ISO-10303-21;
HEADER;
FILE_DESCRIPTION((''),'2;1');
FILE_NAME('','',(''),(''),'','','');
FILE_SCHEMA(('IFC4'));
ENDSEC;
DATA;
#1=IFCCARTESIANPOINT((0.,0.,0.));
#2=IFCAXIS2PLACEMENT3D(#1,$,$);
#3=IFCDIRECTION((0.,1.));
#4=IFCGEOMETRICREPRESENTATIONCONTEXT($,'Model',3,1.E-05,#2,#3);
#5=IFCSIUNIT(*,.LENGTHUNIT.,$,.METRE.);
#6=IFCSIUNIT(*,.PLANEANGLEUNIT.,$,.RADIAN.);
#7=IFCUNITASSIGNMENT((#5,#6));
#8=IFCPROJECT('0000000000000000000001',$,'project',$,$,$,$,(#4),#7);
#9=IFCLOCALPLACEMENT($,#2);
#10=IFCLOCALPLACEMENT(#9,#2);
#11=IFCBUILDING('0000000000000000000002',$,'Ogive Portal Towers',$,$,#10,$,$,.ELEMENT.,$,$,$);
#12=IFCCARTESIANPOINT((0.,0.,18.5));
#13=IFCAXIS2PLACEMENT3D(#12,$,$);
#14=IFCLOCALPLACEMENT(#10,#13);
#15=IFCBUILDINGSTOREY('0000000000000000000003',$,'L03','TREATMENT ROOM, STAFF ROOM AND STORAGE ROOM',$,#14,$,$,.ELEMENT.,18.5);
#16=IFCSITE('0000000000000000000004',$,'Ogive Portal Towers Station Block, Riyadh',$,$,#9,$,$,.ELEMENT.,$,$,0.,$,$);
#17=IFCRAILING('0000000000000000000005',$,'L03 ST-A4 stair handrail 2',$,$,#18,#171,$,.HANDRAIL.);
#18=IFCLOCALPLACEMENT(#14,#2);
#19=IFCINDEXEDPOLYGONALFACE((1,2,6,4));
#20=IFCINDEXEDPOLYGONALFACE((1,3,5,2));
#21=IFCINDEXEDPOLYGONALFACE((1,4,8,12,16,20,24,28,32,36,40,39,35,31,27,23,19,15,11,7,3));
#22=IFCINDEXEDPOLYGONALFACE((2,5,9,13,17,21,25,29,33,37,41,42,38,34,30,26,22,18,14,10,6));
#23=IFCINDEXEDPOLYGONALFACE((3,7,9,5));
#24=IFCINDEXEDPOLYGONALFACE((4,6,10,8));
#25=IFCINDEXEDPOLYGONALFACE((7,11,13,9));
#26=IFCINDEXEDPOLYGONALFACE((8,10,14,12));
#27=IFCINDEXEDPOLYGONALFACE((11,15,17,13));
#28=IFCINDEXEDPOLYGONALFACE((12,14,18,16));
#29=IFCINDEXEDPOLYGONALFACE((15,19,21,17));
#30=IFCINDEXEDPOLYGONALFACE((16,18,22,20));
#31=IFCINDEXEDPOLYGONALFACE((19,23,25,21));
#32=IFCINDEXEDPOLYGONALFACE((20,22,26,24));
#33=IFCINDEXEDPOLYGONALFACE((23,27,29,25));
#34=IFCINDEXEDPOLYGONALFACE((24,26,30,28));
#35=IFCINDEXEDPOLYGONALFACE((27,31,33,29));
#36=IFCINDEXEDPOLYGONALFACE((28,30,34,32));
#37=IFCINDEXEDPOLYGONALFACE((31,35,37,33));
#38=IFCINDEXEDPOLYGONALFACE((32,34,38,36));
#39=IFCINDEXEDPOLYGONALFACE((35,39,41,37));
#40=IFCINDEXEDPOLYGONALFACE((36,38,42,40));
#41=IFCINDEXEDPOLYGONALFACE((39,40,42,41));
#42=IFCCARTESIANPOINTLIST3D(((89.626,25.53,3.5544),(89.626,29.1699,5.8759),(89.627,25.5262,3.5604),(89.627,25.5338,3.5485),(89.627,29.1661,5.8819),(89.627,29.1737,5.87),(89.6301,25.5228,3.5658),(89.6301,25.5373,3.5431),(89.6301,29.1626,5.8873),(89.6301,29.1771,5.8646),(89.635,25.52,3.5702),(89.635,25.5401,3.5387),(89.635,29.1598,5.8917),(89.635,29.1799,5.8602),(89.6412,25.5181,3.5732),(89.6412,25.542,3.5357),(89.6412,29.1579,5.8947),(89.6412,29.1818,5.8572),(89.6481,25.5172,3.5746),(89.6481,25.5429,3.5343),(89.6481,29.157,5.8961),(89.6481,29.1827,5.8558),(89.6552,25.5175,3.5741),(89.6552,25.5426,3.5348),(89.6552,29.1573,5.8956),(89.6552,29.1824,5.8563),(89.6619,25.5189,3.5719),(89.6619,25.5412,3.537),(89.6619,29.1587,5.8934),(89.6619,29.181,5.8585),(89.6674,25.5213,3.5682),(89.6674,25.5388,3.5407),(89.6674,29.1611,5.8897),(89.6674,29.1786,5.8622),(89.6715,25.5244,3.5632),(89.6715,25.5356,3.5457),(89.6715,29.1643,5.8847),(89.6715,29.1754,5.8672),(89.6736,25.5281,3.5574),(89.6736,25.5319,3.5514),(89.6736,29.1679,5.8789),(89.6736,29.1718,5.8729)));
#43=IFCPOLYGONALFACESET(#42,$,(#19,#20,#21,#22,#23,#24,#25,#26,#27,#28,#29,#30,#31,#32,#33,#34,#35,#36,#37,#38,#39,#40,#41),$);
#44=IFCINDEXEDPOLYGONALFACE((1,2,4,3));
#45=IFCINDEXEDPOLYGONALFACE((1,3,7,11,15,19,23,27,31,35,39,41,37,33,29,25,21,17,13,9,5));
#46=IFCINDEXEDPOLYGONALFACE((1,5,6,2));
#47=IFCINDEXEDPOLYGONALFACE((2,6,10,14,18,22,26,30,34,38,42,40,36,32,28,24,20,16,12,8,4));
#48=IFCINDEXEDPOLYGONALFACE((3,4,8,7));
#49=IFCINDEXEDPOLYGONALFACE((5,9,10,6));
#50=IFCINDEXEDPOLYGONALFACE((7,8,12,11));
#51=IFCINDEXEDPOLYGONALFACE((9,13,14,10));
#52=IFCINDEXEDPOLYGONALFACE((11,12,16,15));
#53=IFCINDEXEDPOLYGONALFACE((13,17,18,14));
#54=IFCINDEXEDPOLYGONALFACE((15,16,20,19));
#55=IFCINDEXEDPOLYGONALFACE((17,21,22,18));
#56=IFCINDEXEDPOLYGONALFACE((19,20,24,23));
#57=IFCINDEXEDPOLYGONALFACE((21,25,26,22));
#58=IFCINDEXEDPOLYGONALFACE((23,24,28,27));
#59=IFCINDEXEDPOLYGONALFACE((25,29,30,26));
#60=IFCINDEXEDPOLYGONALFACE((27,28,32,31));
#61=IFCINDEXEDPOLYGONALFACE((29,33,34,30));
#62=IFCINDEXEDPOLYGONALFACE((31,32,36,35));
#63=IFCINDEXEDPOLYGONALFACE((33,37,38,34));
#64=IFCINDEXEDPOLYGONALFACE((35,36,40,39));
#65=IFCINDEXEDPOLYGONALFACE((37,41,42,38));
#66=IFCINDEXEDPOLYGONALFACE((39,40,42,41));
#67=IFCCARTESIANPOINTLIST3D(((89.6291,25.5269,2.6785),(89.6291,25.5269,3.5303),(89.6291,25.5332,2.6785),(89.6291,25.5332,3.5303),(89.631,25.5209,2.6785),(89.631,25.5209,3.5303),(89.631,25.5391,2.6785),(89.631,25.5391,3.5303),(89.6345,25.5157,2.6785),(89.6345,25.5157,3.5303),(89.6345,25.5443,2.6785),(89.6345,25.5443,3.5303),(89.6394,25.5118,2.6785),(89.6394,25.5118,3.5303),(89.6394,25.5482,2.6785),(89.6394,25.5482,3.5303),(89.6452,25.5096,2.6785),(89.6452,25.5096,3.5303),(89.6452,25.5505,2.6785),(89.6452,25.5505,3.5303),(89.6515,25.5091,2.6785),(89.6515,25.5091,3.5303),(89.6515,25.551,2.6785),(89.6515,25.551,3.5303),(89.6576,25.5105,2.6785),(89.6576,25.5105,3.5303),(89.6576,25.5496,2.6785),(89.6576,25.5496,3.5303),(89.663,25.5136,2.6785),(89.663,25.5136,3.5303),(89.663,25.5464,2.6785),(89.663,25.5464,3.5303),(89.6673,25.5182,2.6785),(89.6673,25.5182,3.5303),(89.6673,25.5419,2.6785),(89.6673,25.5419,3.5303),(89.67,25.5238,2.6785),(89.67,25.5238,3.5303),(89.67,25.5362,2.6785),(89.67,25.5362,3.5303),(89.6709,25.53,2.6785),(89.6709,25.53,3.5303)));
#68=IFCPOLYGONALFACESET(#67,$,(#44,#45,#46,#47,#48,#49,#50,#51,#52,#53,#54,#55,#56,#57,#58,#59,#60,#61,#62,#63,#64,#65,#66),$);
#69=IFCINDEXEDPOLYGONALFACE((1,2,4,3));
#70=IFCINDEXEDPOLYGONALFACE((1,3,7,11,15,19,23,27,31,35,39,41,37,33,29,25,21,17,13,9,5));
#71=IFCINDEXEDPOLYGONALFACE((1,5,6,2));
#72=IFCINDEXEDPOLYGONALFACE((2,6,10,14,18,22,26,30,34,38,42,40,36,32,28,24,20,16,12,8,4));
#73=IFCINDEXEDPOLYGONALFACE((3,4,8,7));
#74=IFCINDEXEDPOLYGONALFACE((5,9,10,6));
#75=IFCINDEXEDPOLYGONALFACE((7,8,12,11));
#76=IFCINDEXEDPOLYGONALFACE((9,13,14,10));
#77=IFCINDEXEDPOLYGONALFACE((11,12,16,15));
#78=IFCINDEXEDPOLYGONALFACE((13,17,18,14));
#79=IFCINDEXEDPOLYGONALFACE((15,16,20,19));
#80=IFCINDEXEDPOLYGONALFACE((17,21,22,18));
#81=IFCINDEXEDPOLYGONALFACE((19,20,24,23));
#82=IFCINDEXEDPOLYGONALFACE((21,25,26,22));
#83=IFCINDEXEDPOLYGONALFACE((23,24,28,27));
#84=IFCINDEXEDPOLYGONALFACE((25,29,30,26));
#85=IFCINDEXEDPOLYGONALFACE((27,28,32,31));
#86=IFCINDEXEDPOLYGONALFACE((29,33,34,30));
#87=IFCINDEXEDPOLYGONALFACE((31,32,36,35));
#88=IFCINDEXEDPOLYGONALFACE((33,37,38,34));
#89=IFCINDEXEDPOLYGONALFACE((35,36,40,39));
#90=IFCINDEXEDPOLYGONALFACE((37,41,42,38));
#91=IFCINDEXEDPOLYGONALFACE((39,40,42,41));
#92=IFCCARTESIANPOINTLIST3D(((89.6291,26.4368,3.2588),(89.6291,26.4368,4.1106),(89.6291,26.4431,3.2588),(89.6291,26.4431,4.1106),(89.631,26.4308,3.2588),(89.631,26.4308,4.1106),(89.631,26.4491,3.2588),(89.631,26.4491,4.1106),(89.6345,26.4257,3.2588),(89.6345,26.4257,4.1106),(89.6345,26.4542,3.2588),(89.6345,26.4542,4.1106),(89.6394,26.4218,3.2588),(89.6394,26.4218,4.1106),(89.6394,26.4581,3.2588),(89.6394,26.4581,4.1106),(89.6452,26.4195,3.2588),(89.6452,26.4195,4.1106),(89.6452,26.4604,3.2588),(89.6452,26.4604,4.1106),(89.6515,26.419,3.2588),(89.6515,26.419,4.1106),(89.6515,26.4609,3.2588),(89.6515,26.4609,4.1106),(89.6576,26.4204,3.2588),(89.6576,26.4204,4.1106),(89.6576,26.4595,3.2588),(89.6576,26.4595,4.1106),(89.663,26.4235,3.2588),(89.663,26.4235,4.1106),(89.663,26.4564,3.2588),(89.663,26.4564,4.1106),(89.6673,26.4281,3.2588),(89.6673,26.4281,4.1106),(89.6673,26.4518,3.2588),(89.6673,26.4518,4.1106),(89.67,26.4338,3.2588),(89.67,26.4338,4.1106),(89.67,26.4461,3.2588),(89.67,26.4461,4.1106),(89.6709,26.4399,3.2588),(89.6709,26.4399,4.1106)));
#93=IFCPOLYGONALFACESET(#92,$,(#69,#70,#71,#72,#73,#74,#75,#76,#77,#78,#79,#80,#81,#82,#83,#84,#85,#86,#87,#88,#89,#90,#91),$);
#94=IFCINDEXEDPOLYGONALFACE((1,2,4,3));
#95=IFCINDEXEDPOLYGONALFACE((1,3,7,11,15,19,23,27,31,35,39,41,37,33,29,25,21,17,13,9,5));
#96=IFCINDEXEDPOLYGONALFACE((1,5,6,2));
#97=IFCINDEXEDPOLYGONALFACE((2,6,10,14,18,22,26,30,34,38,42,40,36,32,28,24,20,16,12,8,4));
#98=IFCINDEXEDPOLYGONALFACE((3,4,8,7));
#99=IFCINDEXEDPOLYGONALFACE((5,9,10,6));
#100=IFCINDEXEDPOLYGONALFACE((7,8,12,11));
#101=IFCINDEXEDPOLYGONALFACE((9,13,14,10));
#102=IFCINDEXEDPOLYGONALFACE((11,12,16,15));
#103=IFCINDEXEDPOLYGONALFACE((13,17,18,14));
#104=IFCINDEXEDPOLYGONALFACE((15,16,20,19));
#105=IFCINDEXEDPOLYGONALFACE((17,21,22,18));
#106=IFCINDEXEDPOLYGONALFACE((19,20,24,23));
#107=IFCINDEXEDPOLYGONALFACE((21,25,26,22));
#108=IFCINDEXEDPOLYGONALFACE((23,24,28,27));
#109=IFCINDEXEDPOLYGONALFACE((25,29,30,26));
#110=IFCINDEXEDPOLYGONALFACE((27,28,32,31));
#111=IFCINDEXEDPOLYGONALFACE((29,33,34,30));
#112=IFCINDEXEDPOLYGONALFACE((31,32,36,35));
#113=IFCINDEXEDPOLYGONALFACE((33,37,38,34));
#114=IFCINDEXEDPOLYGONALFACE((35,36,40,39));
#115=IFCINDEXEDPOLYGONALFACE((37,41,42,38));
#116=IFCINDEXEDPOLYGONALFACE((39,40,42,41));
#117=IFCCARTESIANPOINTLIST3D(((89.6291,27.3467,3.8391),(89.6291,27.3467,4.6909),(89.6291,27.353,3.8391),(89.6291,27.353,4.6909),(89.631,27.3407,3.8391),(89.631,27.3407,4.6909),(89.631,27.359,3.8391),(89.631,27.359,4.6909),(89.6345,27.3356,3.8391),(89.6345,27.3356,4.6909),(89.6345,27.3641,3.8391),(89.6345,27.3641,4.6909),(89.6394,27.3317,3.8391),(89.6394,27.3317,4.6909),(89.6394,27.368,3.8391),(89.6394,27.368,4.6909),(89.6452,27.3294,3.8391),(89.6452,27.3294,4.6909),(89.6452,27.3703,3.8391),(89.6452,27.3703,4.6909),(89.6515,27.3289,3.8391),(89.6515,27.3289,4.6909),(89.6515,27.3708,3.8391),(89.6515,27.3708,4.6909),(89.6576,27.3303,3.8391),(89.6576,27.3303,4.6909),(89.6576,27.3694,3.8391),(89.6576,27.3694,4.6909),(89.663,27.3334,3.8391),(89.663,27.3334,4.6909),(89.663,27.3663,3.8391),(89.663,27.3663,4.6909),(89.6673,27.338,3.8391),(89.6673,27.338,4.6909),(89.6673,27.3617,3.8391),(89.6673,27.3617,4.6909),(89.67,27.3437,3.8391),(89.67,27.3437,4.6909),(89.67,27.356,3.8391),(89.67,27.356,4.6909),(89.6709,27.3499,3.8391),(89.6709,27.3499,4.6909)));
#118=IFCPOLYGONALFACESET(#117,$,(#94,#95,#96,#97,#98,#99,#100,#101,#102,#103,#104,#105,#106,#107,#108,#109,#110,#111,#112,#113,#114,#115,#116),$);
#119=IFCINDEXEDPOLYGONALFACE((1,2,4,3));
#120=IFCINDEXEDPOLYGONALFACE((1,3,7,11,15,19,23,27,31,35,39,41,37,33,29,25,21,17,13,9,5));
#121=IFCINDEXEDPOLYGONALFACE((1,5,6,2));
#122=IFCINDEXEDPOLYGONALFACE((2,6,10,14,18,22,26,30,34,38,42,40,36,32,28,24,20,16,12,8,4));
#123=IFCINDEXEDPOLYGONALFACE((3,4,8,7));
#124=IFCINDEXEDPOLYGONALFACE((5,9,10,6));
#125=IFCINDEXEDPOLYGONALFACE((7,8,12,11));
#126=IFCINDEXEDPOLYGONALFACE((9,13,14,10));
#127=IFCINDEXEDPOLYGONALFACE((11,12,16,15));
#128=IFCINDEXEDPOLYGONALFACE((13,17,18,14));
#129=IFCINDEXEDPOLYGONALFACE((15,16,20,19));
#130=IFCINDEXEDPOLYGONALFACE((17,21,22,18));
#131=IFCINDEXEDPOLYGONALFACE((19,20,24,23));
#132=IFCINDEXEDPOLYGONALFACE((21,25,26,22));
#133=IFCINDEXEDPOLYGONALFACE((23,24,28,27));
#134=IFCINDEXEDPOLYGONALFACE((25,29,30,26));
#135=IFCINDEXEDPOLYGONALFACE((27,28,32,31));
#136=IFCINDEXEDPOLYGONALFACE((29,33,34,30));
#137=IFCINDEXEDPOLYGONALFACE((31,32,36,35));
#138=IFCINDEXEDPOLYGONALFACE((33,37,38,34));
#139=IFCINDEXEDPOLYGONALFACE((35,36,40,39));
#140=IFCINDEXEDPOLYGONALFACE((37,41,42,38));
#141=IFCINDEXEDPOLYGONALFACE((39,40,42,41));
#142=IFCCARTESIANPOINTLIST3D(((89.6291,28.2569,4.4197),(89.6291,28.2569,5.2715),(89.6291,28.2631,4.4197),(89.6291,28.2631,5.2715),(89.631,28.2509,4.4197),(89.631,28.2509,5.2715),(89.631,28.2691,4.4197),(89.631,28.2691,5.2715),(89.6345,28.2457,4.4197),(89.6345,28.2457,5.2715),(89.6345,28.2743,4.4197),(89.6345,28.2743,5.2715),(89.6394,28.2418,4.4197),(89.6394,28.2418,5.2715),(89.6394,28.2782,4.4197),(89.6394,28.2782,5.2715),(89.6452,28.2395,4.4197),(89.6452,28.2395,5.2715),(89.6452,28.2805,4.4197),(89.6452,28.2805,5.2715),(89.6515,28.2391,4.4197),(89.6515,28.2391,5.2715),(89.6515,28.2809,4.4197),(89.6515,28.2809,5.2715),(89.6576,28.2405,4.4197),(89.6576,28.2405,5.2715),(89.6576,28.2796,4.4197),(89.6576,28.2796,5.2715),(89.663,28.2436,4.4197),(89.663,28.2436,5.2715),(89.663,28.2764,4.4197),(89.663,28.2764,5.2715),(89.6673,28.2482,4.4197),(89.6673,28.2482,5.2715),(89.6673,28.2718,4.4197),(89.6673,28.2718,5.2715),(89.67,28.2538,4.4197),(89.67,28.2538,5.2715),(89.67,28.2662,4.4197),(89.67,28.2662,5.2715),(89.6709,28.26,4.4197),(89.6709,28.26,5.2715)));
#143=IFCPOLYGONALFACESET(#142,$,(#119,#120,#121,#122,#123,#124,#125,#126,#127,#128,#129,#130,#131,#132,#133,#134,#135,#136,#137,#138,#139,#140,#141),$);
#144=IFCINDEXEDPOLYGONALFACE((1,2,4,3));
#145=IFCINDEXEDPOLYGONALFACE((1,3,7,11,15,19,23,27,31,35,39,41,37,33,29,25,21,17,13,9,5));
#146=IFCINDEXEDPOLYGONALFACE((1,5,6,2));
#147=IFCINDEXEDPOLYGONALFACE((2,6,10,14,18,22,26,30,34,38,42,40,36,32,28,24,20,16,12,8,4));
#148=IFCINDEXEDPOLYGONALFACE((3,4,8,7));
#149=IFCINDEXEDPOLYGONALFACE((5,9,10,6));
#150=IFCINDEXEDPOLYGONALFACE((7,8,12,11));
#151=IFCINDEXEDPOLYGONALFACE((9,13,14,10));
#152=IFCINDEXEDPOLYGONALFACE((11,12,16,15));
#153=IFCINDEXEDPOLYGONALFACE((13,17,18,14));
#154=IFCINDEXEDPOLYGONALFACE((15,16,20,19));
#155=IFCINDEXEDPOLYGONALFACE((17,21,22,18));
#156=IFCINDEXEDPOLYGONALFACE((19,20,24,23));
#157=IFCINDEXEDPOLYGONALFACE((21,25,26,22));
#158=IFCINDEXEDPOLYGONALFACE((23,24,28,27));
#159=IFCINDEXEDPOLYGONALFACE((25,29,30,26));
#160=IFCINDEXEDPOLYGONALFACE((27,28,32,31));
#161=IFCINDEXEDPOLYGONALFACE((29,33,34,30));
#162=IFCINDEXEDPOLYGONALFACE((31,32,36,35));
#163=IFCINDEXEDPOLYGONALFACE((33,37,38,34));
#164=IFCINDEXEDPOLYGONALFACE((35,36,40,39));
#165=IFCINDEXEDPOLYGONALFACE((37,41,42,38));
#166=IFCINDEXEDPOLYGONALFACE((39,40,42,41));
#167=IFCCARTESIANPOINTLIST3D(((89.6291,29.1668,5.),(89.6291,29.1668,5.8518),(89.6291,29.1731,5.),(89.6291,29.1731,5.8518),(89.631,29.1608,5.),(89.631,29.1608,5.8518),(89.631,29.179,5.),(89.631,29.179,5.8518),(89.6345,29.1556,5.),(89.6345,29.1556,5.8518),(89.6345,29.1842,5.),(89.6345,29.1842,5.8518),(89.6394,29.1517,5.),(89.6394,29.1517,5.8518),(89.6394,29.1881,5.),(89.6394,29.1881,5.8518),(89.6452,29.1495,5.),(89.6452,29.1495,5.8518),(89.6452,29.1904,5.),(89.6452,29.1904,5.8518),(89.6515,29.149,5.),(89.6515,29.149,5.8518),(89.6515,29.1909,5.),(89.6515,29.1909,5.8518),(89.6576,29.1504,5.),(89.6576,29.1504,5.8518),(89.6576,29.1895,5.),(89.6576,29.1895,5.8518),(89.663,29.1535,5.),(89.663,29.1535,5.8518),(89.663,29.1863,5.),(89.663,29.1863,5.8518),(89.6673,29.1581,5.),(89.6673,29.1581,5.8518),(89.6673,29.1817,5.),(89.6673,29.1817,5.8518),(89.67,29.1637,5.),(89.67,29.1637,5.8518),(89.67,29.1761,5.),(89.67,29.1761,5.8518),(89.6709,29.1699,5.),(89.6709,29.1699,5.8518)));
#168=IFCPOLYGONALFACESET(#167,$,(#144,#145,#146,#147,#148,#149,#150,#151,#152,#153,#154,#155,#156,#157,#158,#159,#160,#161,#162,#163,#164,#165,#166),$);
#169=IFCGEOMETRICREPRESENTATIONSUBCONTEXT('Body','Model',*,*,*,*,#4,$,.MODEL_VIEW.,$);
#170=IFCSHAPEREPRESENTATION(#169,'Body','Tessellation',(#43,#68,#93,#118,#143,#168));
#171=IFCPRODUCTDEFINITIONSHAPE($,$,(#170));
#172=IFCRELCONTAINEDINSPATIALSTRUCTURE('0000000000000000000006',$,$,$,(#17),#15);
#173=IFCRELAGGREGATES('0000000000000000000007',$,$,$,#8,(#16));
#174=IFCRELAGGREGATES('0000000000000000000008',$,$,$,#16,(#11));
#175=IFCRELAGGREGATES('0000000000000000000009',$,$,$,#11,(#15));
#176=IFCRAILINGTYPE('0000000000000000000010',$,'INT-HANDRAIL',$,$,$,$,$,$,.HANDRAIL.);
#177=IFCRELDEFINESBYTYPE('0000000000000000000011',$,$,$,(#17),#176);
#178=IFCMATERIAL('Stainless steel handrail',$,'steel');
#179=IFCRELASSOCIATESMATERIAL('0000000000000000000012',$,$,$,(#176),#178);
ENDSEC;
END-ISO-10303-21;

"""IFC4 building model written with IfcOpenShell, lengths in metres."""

from ifc_helpers import new_model, si_unit, direction, frame, origin, origin_2d, place, context, subcontext, project, spatial, circle, extrude, material, type_object, element, save


model = new_model("IFC4")

# Units and contexts
model_context = context("Model", 3, precision=1e-05, world=origin(), true_north=direction((0.0, 1.0)))
body_context = subcontext(model_context, "Body", "Model", "MODEL_VIEW")
ifc_project = project(units=[si_unit("LENGTHUNIT", "METRE"), si_unit("PLANEANGLEUNIT", "RADIAN")], contexts=[model_context])

# Site, building, storey
site_placement = place(None, origin())
site = spatial("IfcSite", under=ifc_project, at=site_placement, Name="Ogive Portal Towers Station Block, Riyadh", CompositionType="ELEMENT", RefElevation=0.0)
building_placement = place(site_placement, origin())
building = spatial("IfcBuilding", under=site, at=building_placement, Name="Ogive Portal Towers", CompositionType="ELEMENT")
storey_placement = place(building_placement, frame((0.0, 0.0, 18.5)))
storey = spatial("IfcBuildingStorey", under=building, at=storey_placement, Name="L03", Description="TREATMENT ROOM, STAFF ROOM AND STORAGE ROOM", CompositionType="ELEMENT", Elevation=18.5)

# Railing
ifc_material_1 = material(Name="Stainless steel handrail", Category="steel")
railing_type_1 = type_object("IfcRailingType", Name="INT-HANDRAIL", PredefinedType="HANDRAIL", material=ifc_material_1)
railing_1_placement = place(storey_placement, frame((89.6499, 25.53, 2.6785)))
element("IfcRailing", 1, at=railing_1_placement, inside=storey, type_object=railing_type_1, Name="L03 ST-A4 stair handrail 2", PredefinedType="HANDRAIL", context=body_context, shape_type="SweptSolid", body=[
    extrude(circle(Radius=0.0239, at=origin_2d()), frame((0.0, 0.0, 0.876), z_axis=(0.0, 0.843112, 0.537739), x_axis=(-1.0, 0.0, 0.0)), (0.0, 0.0, 1.0), 4.3171),
    extrude(circle(Radius=0.021, at=origin_2d()), origin(), (0.0, 0.0, 1.0), 0.8518),
    extrude(circle(Radius=0.021, at=origin_2d()), frame((0.0, 0.9099, 0.5803)), (0.0, 0.0, 1.0), 0.8518),
    extrude(circle(Radius=0.021, at=origin_2d()), frame((0.0, 1.8198, 1.1606)), (0.0, 0.0, 1.0), 0.8518),
    extrude(circle(Radius=0.021, at=origin_2d()), frame((0.0, 2.73, 1.7412)), (0.0, 0.0, 1.0), 0.8518),
    extrude(circle(Radius=0.021, at=origin_2d()), frame((0.0, 3.6399, 2.3215)), (0.0, 0.0, 1.0), 0.8518),
])

save(model, "model.ifc")
